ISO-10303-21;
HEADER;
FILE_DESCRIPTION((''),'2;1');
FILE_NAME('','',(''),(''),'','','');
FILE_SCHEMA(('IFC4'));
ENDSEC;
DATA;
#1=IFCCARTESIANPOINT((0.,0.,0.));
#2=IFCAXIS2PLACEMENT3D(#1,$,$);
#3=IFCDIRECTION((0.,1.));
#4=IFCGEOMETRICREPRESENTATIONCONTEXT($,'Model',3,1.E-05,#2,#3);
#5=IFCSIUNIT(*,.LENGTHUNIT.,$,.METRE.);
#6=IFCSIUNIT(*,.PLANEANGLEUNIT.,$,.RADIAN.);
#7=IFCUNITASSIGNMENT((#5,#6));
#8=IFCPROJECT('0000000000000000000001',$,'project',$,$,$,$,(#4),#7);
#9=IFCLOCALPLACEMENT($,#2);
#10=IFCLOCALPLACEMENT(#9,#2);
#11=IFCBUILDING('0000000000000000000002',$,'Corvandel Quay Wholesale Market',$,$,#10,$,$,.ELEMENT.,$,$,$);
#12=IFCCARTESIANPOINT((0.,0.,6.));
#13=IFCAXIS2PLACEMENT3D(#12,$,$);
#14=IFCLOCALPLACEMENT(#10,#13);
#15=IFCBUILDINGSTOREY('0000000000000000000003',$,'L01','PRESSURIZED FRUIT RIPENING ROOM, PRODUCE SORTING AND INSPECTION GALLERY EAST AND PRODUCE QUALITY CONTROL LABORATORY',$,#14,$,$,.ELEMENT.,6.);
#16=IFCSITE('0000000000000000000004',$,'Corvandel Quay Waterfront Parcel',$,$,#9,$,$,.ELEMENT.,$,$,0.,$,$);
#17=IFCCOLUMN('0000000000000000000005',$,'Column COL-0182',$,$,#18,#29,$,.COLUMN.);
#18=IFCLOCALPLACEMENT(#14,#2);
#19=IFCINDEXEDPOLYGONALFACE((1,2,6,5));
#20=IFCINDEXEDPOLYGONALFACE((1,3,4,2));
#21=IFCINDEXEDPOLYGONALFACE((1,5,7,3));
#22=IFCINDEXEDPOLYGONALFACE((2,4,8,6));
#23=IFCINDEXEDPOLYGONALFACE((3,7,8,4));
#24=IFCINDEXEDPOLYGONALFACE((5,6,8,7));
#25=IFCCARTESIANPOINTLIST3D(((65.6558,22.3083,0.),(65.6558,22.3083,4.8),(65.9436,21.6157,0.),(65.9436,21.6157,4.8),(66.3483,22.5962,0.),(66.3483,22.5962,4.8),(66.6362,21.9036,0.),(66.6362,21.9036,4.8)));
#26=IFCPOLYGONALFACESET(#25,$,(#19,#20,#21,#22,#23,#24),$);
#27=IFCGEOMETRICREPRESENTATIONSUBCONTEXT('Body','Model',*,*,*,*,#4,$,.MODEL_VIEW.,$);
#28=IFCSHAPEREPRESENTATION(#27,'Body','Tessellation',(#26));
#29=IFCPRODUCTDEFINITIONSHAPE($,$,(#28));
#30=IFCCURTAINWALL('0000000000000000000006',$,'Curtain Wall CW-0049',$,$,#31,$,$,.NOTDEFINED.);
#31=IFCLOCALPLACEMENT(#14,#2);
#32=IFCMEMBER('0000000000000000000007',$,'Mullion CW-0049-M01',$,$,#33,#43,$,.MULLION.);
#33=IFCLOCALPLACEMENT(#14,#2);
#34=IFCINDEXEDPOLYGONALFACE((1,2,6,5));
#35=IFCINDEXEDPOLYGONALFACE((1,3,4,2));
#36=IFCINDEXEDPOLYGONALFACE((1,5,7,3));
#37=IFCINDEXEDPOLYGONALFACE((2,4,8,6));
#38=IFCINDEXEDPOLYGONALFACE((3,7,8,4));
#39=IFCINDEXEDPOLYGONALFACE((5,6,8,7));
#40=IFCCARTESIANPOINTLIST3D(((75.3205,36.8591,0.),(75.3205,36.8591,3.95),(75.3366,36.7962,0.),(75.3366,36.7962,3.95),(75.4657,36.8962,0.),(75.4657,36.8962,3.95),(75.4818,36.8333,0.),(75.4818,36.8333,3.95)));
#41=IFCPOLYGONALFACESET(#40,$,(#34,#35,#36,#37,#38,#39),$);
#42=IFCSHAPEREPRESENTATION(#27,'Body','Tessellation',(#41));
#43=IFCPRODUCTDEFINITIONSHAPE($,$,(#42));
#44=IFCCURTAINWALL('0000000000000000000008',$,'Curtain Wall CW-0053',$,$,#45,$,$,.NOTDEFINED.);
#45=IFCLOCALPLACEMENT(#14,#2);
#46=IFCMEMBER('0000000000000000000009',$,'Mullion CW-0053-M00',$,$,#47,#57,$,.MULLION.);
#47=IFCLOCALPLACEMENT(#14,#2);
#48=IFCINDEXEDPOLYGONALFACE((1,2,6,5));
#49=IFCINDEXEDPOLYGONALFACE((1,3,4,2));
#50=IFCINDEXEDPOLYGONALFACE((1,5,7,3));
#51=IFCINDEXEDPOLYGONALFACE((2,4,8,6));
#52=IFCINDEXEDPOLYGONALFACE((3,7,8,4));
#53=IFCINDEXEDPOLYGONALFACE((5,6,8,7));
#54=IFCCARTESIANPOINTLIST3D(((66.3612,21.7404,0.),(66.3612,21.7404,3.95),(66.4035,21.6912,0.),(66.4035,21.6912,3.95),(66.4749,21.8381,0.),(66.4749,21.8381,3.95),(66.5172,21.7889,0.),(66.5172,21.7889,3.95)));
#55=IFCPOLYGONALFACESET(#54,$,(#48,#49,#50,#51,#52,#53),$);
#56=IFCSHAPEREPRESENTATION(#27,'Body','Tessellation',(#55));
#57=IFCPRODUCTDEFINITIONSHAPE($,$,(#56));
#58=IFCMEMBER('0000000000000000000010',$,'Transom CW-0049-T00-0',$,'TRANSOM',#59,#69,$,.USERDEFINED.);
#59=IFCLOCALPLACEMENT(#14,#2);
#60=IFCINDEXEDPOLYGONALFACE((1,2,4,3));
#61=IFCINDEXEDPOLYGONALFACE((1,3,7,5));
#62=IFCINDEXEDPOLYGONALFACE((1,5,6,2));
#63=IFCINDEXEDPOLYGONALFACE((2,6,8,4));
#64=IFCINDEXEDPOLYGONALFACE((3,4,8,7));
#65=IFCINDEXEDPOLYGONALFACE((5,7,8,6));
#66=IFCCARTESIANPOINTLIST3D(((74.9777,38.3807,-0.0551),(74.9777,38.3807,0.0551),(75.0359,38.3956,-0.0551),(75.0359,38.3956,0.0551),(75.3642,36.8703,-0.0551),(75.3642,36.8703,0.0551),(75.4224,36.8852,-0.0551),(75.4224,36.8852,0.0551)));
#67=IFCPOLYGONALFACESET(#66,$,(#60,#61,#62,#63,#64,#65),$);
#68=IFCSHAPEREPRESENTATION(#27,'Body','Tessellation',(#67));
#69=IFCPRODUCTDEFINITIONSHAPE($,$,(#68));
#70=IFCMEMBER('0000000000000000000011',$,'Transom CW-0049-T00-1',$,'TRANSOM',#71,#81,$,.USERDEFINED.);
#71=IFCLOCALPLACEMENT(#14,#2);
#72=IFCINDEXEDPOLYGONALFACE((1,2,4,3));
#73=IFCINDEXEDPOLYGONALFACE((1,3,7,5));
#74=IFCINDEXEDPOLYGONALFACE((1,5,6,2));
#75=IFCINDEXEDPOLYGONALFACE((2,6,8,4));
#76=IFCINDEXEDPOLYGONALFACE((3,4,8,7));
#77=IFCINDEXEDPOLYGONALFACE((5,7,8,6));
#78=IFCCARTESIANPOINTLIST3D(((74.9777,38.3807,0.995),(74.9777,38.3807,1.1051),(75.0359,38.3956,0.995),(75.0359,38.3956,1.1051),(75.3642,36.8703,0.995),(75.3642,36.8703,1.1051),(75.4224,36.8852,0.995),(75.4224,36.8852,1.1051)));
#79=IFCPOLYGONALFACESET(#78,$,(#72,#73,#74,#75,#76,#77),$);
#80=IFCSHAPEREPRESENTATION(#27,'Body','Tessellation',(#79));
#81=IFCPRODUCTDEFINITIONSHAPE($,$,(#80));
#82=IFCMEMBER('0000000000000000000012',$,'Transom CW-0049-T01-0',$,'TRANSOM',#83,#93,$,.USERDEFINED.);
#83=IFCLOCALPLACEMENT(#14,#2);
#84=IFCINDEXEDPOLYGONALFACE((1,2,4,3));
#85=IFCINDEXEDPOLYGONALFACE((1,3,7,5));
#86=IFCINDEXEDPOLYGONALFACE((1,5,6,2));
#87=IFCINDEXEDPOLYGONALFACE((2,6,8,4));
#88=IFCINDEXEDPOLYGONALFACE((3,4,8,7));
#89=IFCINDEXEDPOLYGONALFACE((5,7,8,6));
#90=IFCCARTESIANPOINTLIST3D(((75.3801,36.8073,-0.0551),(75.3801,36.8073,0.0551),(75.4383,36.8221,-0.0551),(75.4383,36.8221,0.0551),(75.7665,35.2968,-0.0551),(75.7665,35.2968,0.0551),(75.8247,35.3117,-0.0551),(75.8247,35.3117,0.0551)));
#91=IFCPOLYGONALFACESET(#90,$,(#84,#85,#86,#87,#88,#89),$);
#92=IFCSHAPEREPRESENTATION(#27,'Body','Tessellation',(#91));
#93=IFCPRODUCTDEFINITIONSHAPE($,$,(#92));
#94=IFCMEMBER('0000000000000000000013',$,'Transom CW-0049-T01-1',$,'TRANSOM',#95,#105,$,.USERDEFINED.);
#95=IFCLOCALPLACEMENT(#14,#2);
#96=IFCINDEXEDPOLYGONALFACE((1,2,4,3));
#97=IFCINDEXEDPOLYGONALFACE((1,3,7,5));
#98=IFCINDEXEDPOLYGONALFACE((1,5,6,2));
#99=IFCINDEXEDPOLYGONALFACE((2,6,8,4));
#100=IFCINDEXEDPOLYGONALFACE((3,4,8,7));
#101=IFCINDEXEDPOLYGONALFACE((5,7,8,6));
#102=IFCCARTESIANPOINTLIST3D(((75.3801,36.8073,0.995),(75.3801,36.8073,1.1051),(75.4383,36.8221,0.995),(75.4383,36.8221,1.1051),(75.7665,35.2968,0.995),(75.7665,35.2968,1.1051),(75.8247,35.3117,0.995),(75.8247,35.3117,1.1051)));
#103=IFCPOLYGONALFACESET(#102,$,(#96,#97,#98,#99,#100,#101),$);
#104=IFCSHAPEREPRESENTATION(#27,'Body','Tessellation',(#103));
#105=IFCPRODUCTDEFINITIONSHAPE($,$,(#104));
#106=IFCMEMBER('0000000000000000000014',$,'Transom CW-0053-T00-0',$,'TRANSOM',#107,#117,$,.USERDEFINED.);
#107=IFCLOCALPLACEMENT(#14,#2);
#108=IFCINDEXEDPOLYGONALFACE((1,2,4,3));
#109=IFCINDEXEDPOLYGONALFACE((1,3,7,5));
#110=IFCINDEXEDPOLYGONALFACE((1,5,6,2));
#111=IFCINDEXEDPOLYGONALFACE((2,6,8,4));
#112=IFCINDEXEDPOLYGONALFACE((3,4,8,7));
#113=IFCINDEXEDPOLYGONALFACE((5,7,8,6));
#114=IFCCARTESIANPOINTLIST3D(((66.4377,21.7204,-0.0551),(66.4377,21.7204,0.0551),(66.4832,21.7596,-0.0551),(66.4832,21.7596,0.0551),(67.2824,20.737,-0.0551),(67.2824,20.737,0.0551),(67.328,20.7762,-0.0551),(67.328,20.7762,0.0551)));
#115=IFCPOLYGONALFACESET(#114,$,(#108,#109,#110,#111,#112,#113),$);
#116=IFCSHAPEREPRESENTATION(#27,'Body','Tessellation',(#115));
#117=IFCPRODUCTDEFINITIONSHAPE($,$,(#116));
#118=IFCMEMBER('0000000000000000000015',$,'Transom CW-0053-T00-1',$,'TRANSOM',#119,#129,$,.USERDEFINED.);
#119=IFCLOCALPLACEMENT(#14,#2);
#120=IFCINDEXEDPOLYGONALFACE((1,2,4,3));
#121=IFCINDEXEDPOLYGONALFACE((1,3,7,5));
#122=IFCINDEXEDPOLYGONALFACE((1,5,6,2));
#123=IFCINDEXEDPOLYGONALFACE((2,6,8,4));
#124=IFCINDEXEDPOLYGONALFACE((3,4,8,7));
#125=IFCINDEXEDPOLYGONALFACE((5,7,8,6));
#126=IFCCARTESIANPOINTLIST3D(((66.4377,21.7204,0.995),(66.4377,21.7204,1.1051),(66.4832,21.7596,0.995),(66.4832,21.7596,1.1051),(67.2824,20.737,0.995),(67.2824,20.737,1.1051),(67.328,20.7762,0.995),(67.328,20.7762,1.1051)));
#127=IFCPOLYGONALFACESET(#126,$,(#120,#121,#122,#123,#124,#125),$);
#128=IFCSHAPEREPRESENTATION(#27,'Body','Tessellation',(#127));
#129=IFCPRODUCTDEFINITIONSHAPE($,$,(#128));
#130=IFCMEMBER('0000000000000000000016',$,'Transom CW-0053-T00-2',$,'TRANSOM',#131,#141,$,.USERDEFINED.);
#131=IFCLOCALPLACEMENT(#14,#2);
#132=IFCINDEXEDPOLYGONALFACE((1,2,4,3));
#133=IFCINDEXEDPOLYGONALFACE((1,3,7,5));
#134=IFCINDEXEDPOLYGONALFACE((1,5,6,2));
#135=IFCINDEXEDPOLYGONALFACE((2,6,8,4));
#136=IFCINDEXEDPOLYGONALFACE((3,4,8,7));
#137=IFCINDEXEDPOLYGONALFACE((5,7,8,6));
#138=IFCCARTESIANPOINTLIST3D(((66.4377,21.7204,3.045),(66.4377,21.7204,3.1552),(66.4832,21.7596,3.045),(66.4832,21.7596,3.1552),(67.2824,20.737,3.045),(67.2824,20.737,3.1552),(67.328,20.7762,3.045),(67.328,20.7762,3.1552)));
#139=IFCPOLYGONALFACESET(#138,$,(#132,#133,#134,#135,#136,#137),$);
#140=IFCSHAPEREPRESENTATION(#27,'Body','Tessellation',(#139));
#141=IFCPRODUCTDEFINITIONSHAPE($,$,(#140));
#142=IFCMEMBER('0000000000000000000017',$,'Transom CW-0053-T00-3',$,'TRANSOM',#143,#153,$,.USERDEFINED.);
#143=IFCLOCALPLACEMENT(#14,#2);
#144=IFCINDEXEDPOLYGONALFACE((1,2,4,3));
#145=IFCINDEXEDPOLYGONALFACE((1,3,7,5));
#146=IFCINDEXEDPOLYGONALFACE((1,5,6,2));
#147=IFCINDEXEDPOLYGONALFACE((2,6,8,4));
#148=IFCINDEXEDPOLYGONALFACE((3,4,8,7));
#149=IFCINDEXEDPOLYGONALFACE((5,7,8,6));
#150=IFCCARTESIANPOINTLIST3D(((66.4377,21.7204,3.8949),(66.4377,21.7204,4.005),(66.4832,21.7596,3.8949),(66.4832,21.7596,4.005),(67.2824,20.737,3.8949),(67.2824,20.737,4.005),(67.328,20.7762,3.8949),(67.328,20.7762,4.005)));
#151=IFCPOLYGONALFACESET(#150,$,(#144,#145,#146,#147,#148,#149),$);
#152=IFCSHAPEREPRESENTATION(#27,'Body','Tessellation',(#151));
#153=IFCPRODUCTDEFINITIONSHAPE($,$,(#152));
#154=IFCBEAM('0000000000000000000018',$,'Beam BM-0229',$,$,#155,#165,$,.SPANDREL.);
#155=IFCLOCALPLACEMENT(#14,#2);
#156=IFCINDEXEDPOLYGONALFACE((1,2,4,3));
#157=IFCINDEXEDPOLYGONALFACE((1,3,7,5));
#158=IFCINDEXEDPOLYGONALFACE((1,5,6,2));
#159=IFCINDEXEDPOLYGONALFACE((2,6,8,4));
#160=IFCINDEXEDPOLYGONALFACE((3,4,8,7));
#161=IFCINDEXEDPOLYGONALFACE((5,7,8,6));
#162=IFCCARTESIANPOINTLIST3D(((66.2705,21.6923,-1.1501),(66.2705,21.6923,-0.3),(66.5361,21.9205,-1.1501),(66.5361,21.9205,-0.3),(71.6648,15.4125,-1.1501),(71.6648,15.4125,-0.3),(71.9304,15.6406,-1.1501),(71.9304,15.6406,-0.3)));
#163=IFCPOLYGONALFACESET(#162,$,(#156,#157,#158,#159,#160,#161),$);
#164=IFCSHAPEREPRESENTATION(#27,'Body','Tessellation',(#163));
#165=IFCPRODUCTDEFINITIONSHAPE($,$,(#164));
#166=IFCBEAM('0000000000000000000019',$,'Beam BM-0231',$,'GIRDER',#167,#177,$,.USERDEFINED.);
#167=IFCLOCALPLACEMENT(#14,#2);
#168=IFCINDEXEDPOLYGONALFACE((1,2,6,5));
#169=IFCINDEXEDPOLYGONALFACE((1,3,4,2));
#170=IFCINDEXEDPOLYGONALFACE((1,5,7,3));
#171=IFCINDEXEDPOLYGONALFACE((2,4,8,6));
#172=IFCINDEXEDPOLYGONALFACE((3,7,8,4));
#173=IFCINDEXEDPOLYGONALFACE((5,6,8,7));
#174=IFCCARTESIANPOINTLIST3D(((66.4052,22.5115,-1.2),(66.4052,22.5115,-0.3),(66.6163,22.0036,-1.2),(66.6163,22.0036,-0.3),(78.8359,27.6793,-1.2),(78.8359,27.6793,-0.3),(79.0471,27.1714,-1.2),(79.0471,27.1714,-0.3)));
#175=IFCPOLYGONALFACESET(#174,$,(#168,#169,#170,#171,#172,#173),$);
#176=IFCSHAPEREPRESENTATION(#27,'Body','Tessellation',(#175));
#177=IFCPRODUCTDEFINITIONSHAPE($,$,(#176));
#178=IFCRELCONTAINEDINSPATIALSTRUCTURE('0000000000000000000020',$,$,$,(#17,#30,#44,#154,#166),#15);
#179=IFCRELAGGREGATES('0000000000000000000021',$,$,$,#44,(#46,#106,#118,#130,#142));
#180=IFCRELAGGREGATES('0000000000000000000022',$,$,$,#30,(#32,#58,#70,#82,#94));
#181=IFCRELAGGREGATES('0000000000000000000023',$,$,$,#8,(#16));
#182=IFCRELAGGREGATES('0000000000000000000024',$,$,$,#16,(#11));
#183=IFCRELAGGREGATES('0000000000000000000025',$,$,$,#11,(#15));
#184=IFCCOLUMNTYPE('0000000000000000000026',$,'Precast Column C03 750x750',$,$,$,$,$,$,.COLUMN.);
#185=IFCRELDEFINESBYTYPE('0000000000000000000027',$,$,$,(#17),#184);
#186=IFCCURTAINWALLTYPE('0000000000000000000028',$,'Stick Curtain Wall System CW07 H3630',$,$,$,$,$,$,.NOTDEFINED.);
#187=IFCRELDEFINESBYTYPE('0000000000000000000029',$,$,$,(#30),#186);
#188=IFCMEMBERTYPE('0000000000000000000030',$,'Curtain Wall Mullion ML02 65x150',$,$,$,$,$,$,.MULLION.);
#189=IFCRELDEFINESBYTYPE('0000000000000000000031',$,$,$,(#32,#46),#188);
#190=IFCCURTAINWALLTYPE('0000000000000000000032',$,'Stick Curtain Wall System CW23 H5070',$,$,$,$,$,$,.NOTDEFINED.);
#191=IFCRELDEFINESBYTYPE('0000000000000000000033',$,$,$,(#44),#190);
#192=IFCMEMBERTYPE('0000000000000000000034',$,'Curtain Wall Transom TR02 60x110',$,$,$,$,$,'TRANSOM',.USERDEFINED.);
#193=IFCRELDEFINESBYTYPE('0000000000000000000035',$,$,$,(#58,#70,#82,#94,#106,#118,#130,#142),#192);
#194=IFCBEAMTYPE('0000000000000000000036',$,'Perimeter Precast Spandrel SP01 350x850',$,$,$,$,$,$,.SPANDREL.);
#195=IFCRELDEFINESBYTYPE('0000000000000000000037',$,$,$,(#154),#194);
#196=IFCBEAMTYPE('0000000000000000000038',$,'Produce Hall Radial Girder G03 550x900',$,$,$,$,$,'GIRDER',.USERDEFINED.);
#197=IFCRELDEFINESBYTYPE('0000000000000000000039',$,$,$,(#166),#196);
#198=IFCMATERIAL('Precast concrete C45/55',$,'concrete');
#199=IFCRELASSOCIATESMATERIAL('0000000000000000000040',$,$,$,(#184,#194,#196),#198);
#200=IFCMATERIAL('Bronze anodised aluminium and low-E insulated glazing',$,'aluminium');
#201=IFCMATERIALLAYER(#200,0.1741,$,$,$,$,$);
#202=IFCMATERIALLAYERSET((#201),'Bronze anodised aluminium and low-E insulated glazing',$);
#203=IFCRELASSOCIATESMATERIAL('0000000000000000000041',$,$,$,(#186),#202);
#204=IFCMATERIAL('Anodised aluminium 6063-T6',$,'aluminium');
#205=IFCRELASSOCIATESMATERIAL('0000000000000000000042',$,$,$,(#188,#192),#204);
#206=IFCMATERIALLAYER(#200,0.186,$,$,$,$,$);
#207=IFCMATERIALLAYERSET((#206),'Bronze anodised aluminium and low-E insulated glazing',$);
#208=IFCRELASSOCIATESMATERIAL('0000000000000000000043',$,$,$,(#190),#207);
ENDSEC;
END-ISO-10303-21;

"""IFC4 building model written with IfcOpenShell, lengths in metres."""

from ifc_helpers import new_model, si_unit, direction, frame, origin, origin_2d, place, context, subcontext, project, spatial, rectangle, extrude, material, layer, layer_set, material_profile, profile_set, type_object, element, aggregate, save


model = new_model("IFC4")

# Units and contexts
model_context = context("Model", 3, precision=1e-05, world=origin(), true_north=direction((0.0, 1.0)))
body_context = subcontext(model_context, "Body", "Model", "MODEL_VIEW")
ifc_project = project(units=[si_unit("LENGTHUNIT", "METRE"), si_unit("PLANEANGLEUNIT", "RADIAN")], contexts=[model_context])

# Site, building, storey
site_placement = place(None, origin())
site = spatial("IfcSite", under=ifc_project, at=site_placement, Name="Corvandel Quay Waterfront Parcel", CompositionType="ELEMENT", RefElevation=0.0)
building_placement = place(site_placement, origin())
building = spatial("IfcBuilding", under=site, at=building_placement, Name="Corvandel Quay Wholesale Market", CompositionType="ELEMENT")
storey_placement = place(building_placement, frame((0.0, 0.0, 6.0)))
storey = spatial("IfcBuildingStorey", under=building, at=storey_placement, Name="L01", Description="PRESSURIZED FRUIT RIPENING ROOM, PRODUCE SORTING AND INSPECTION GALLERY EAST AND PRODUCE QUALITY CONTROL LABORATORY", CompositionType="ELEMENT", Elevation=6.0)

# Column
ifc_material_1 = material(Name="Precast concrete C45/55", Category="concrete")
ifc_material_profile_1 = material_profile(ifc_material_1, rectangle(XDim=0.75, YDim=0.75, at=origin_2d()), Name="PC-COL-750x750")
ifc_profile_set_1 = profile_set([ifc_material_profile_1], Name="Precast concrete C45/55")
column_type = type_object("IfcColumnType", Name="Precast Column C03 750x750", PredefinedType="COLUMN", material=ifc_profile_set_1)
column_placement = place(storey_placement, frame((66.146, 22.106, 0.0), z_axis=(0.0, 0.0, 1.0), x_axis=(-0.383812, 0.923411, 0.0)))
element("IfcColumn", 1, at=column_placement, inside=storey, type_object=column_type, Name="Column COL-0182", PredefinedType="COLUMN", context=body_context, shape_type="SweptSolid", body=[
    extrude(rectangle(XDim=0.75, YDim=0.75, at=origin_2d()), origin(), (0.0, 0.0, 1.0), 4.8),
])

# Curtain walls, members
ifc_material_2 = material(Name="Bronze anodised aluminium and low-E insulated glazing", Category="aluminium")
ifc_layer_1 = layer(ifc_material_2, 0.1741)
ifc_layer_set_1 = layer_set([ifc_layer_1], Name="Bronze anodised aluminium and low-E insulated glazing")
curtain_wall_type_1 = type_object("IfcCurtainWallType", Name="Stick Curtain Wall System CW07 H3630", PredefinedType="NOTDEFINED", material=ifc_layer_set_1)
curtain_wall_1_placement = place(storey_placement, origin())
curtain_wall_1 = element("IfcCurtainWall", 2, at=curtain_wall_1_placement, inside=storey, type_object=curtain_wall_type_1, Name="Curtain Wall CW-0049", PredefinedType="NOTDEFINED")
ifc_material_3 = material(Name="Anodised aluminium 6063-T6", Category="aluminium")
ifc_material_profile_2 = material_profile(ifc_material_3, rectangle(XDim=0.0649, YDim=0.1499, at=origin_2d()), Name="ALU-MUL-65x150")
ifc_profile_set_2 = profile_set([ifc_material_profile_2], Name="Anodised aluminium 6063-T6")
member_type_1 = type_object("IfcMemberType", Name="Curtain Wall Mullion ML02 65x150", PredefinedType="MULLION", material=ifc_profile_set_2)
member_1_placement = place(storey_placement, frame((75.4011, 36.8462, 0.0), z_axis=(0.0, 0.0, 1.0), x_axis=(-0.247845, 0.9688, 0.0)))
member_1 = element("IfcMember", 3, at=member_1_placement, type_object=member_type_1, Name="Mullion CW-0049-M01", PredefinedType="MULLION", context=body_context, shape_type="SweptSolid", body=[
    extrude(rectangle(XDim=0.0649, YDim=0.1499, at=origin_2d()), origin(), (0.0, 0.0, 1.0), 3.95),
])
ifc_layer_2 = layer(ifc_material_2, 0.186)
ifc_layer_set_2 = layer_set([ifc_layer_2], Name="Bronze anodised aluminium and low-E insulated glazing")
curtain_wall_type_2 = type_object("IfcCurtainWallType", Name="Stick Curtain Wall System CW23 H5070", PredefinedType="NOTDEFINED", material=ifc_layer_set_2)
curtain_wall_2_placement = place(storey_placement, origin())
curtain_wall_2 = element("IfcCurtainWall", 4, at=curtain_wall_2_placement, inside=storey, type_object=curtain_wall_type_2, Name="Curtain Wall CW-0053", PredefinedType="NOTDEFINED")
member_2_placement = place(storey_placement, frame((66.4392, 21.7646, 0.0), z_axis=(0.0, 0.0, 1.0), x_axis=(-0.651569, 0.758589, 0.0)))
member_2 = element("IfcMember", 5, at=member_2_placement, type_object=member_type_1, Name="Mullion CW-0053-M00", PredefinedType="MULLION", context=body_context, shape_type="SweptSolid", body=[
    extrude(rectangle(XDim=0.0649, YDim=0.1499, at=origin_2d()), origin(), (0.0, 0.0, 1.0), 3.95),
])

# Members
ifc_material_profile_3 = material_profile(ifc_material_3, rectangle(XDim=0.0601, YDim=0.1101, at=origin_2d()), Name="ALU-TRN-60x110")
ifc_profile_set_3 = profile_set([ifc_material_profile_3], Name="Anodised aluminium 6063-T6")
member_type_2 = type_object("IfcMemberType", Name="Curtain Wall Transom TR02 60x110", ElementType="TRANSOM", PredefinedType="USERDEFINED", material=ifc_profile_set_3)
member_3_placement = place(storey_placement, frame((75.0068, 38.3882, 0.0), z_axis=(0.247874, -0.968792, 0.0), x_axis=(0.968792, 0.247874, 0.0)))
member_3 = element("IfcMember", 6, at=member_3_placement, type_object=member_type_2, Name="Transom CW-0049-T00-0", ObjectType="TRANSOM", PredefinedType="USERDEFINED", context=body_context, shape_type="SweptSolid", body=[
    extrude(rectangle(XDim=0.0601, YDim=0.1101, at=origin_2d()), origin(), (0.0, 0.0, 1.0), 1.5591),
])
member_4_placement = place(storey_placement, frame((75.0068, 38.3882, 1.05), z_axis=(0.247874, -0.968792, 0.0), x_axis=(0.968792, 0.247874, 0.0)))
member_4 = element("IfcMember", 7, at=member_4_placement, type_object=member_type_2, Name="Transom CW-0049-T00-1", ObjectType="TRANSOM", PredefinedType="USERDEFINED", context=body_context, shape_type="SweptSolid", body=[
    extrude(rectangle(XDim=0.0601, YDim=0.1101, at=origin_2d()), origin(), (0.0, 0.0, 1.0), 1.5591),
])
member_5_placement = place(storey_placement, frame((75.4092, 36.8147, 0.0), z_axis=(0.247874, -0.968792, 0.0), x_axis=(0.968792, 0.247874, 0.0)))
member_5 = element("IfcMember", 8, at=member_5_placement, type_object=member_type_2, Name="Transom CW-0049-T01-0", ObjectType="TRANSOM", PredefinedType="USERDEFINED", context=body_context, shape_type="SweptSolid", body=[
    extrude(rectangle(XDim=0.0601, YDim=0.1101, at=origin_2d()), origin(), (0.0, 0.0, 1.0), 1.5591),
])
member_6_placement = place(storey_placement, frame((75.4092, 36.8147, 1.05), z_axis=(0.247874, -0.968792, 0.0), x_axis=(0.968792, 0.247874, 0.0)))
member_6 = element("IfcMember", 9, at=member_6_placement, type_object=member_type_2, Name="Transom CW-0049-T01-1", ObjectType="TRANSOM", PredefinedType="USERDEFINED", context=body_context, shape_type="SweptSolid", body=[
    extrude(rectangle(XDim=0.0601, YDim=0.1101, at=origin_2d()), origin(), (0.0, 0.0, 1.0), 1.5591),
])
member_7_placement = place(storey_placement, frame((66.4604, 21.74, 0.0), z_axis=(0.651597, -0.758565, 0.0), x_axis=(0.758565, 0.651597, 0.0)))
member_7 = element("IfcMember", 10, at=member_7_placement, type_object=member_type_2, Name="Transom CW-0053-T00-0", ObjectType="TRANSOM", PredefinedType="USERDEFINED", context=body_context, shape_type="SweptSolid", body=[
    extrude(rectangle(XDim=0.0601, YDim=0.1101, at=origin_2d()), origin(), (0.0, 0.0, 1.0), 1.2964),
])
member_8_placement = place(storey_placement, frame((66.4604, 21.74, 1.05), z_axis=(0.651597, -0.758565, 0.0), x_axis=(0.758565, 0.651597, 0.0)))
member_8 = element("IfcMember", 11, at=member_8_placement, type_object=member_type_2, Name="Transom CW-0053-T00-1", ObjectType="TRANSOM", PredefinedType="USERDEFINED", context=body_context, shape_type="SweptSolid", body=[
    extrude(rectangle(XDim=0.0601, YDim=0.1101, at=origin_2d()), origin(), (0.0, 0.0, 1.0), 1.2964),
])
member_9_placement = place(storey_placement, frame((66.4604, 21.74, 3.1001), z_axis=(0.651597, -0.758565, 0.0), x_axis=(0.758565, 0.651597, 0.0)))
member_9 = element("IfcMember", 12, at=member_9_placement, type_object=member_type_2, Name="Transom CW-0053-T00-2", ObjectType="TRANSOM", PredefinedType="USERDEFINED", context=body_context, shape_type="SweptSolid", body=[
    extrude(rectangle(XDim=0.0601, YDim=0.1101, at=origin_2d()), origin(), (0.0, 0.0, 1.0), 1.2964),
])
member_10_placement = place(storey_placement, frame((66.4604, 21.74, 3.95), z_axis=(0.651597, -0.758565, 0.0), x_axis=(0.758565, 0.651597, 0.0)))
member_10 = element("IfcMember", 13, at=member_10_placement, type_object=member_type_2, Name="Transom CW-0053-T00-3", ObjectType="TRANSOM", PredefinedType="USERDEFINED", context=body_context, shape_type="SweptSolid", body=[
    extrude(rectangle(XDim=0.0601, YDim=0.1101, at=origin_2d()), origin(), (0.0, 0.0, 1.0), 1.2964),
])

# Beams
ifc_material_profile_4 = material_profile(ifc_material_1, rectangle(XDim=0.3501, YDim=0.8501, at=origin_2d()), Name="PC-SPN-350x850")
ifc_profile_set_4 = profile_set([ifc_material_profile_4], Name="Precast concrete C45/55")
beam_type_1 = type_object("IfcBeamType", Name="Perimeter Precast Spandrel SP01 350x850", PredefinedType="SPANDREL", material=ifc_profile_set_4)
beam_1_placement = place(storey_placement, frame((66.4033, 21.8064, -0.7251), z_axis=(0.6516, -0.758563, 0.0), x_axis=(0.758563, 0.6516, 0.0)))
element("IfcBeam", 14, at=beam_1_placement, inside=storey, type_object=beam_type_1, Name="Beam BM-0229", PredefinedType="SPANDREL", context=body_context, shape_type="SweptSolid", body=[
    extrude(rectangle(XDim=0.3501, YDim=0.8501, at=origin_2d()), origin(), (0.0, 0.0, 1.0), 8.2786),
])
ifc_material_profile_5 = material_profile(ifc_material_1, rectangle(XDim=0.55, YDim=0.8999, at=origin_2d()), Name="PC-GIR-550x900")
ifc_profile_set_5 = profile_set([ifc_material_profile_5], Name="Precast concrete C45/55")
beam_type_2 = type_object("IfcBeamType", Name="Produce Hall Radial Girder G03 550x900", ElementType="GIRDER", PredefinedType="USERDEFINED", material=ifc_profile_set_5)
beam_2_placement = place(storey_placement, frame((66.5107, 22.2576, -0.75), z_axis=(0.923386, 0.383874, 0.0), x_axis=(-0.383874, 0.923386, 0.0)))
element("IfcBeam", 15, at=beam_2_placement, inside=storey, type_object=beam_type_2, Name="Beam BM-0231", ObjectType="GIRDER", PredefinedType="USERDEFINED", context=body_context, shape_type="SweptSolid", body=[
    extrude(rectangle(XDim=0.55, YDim=0.8999, at=origin_2d()), origin(), (0.0, 0.0, 1.0), 13.4622),
])

aggregate(curtain_wall_2, [member_2, member_7, member_8, member_9, member_10])
aggregate(curtain_wall_1, [member_1, member_3, member_4, member_5, member_6])

save(model, "model.ifc")
